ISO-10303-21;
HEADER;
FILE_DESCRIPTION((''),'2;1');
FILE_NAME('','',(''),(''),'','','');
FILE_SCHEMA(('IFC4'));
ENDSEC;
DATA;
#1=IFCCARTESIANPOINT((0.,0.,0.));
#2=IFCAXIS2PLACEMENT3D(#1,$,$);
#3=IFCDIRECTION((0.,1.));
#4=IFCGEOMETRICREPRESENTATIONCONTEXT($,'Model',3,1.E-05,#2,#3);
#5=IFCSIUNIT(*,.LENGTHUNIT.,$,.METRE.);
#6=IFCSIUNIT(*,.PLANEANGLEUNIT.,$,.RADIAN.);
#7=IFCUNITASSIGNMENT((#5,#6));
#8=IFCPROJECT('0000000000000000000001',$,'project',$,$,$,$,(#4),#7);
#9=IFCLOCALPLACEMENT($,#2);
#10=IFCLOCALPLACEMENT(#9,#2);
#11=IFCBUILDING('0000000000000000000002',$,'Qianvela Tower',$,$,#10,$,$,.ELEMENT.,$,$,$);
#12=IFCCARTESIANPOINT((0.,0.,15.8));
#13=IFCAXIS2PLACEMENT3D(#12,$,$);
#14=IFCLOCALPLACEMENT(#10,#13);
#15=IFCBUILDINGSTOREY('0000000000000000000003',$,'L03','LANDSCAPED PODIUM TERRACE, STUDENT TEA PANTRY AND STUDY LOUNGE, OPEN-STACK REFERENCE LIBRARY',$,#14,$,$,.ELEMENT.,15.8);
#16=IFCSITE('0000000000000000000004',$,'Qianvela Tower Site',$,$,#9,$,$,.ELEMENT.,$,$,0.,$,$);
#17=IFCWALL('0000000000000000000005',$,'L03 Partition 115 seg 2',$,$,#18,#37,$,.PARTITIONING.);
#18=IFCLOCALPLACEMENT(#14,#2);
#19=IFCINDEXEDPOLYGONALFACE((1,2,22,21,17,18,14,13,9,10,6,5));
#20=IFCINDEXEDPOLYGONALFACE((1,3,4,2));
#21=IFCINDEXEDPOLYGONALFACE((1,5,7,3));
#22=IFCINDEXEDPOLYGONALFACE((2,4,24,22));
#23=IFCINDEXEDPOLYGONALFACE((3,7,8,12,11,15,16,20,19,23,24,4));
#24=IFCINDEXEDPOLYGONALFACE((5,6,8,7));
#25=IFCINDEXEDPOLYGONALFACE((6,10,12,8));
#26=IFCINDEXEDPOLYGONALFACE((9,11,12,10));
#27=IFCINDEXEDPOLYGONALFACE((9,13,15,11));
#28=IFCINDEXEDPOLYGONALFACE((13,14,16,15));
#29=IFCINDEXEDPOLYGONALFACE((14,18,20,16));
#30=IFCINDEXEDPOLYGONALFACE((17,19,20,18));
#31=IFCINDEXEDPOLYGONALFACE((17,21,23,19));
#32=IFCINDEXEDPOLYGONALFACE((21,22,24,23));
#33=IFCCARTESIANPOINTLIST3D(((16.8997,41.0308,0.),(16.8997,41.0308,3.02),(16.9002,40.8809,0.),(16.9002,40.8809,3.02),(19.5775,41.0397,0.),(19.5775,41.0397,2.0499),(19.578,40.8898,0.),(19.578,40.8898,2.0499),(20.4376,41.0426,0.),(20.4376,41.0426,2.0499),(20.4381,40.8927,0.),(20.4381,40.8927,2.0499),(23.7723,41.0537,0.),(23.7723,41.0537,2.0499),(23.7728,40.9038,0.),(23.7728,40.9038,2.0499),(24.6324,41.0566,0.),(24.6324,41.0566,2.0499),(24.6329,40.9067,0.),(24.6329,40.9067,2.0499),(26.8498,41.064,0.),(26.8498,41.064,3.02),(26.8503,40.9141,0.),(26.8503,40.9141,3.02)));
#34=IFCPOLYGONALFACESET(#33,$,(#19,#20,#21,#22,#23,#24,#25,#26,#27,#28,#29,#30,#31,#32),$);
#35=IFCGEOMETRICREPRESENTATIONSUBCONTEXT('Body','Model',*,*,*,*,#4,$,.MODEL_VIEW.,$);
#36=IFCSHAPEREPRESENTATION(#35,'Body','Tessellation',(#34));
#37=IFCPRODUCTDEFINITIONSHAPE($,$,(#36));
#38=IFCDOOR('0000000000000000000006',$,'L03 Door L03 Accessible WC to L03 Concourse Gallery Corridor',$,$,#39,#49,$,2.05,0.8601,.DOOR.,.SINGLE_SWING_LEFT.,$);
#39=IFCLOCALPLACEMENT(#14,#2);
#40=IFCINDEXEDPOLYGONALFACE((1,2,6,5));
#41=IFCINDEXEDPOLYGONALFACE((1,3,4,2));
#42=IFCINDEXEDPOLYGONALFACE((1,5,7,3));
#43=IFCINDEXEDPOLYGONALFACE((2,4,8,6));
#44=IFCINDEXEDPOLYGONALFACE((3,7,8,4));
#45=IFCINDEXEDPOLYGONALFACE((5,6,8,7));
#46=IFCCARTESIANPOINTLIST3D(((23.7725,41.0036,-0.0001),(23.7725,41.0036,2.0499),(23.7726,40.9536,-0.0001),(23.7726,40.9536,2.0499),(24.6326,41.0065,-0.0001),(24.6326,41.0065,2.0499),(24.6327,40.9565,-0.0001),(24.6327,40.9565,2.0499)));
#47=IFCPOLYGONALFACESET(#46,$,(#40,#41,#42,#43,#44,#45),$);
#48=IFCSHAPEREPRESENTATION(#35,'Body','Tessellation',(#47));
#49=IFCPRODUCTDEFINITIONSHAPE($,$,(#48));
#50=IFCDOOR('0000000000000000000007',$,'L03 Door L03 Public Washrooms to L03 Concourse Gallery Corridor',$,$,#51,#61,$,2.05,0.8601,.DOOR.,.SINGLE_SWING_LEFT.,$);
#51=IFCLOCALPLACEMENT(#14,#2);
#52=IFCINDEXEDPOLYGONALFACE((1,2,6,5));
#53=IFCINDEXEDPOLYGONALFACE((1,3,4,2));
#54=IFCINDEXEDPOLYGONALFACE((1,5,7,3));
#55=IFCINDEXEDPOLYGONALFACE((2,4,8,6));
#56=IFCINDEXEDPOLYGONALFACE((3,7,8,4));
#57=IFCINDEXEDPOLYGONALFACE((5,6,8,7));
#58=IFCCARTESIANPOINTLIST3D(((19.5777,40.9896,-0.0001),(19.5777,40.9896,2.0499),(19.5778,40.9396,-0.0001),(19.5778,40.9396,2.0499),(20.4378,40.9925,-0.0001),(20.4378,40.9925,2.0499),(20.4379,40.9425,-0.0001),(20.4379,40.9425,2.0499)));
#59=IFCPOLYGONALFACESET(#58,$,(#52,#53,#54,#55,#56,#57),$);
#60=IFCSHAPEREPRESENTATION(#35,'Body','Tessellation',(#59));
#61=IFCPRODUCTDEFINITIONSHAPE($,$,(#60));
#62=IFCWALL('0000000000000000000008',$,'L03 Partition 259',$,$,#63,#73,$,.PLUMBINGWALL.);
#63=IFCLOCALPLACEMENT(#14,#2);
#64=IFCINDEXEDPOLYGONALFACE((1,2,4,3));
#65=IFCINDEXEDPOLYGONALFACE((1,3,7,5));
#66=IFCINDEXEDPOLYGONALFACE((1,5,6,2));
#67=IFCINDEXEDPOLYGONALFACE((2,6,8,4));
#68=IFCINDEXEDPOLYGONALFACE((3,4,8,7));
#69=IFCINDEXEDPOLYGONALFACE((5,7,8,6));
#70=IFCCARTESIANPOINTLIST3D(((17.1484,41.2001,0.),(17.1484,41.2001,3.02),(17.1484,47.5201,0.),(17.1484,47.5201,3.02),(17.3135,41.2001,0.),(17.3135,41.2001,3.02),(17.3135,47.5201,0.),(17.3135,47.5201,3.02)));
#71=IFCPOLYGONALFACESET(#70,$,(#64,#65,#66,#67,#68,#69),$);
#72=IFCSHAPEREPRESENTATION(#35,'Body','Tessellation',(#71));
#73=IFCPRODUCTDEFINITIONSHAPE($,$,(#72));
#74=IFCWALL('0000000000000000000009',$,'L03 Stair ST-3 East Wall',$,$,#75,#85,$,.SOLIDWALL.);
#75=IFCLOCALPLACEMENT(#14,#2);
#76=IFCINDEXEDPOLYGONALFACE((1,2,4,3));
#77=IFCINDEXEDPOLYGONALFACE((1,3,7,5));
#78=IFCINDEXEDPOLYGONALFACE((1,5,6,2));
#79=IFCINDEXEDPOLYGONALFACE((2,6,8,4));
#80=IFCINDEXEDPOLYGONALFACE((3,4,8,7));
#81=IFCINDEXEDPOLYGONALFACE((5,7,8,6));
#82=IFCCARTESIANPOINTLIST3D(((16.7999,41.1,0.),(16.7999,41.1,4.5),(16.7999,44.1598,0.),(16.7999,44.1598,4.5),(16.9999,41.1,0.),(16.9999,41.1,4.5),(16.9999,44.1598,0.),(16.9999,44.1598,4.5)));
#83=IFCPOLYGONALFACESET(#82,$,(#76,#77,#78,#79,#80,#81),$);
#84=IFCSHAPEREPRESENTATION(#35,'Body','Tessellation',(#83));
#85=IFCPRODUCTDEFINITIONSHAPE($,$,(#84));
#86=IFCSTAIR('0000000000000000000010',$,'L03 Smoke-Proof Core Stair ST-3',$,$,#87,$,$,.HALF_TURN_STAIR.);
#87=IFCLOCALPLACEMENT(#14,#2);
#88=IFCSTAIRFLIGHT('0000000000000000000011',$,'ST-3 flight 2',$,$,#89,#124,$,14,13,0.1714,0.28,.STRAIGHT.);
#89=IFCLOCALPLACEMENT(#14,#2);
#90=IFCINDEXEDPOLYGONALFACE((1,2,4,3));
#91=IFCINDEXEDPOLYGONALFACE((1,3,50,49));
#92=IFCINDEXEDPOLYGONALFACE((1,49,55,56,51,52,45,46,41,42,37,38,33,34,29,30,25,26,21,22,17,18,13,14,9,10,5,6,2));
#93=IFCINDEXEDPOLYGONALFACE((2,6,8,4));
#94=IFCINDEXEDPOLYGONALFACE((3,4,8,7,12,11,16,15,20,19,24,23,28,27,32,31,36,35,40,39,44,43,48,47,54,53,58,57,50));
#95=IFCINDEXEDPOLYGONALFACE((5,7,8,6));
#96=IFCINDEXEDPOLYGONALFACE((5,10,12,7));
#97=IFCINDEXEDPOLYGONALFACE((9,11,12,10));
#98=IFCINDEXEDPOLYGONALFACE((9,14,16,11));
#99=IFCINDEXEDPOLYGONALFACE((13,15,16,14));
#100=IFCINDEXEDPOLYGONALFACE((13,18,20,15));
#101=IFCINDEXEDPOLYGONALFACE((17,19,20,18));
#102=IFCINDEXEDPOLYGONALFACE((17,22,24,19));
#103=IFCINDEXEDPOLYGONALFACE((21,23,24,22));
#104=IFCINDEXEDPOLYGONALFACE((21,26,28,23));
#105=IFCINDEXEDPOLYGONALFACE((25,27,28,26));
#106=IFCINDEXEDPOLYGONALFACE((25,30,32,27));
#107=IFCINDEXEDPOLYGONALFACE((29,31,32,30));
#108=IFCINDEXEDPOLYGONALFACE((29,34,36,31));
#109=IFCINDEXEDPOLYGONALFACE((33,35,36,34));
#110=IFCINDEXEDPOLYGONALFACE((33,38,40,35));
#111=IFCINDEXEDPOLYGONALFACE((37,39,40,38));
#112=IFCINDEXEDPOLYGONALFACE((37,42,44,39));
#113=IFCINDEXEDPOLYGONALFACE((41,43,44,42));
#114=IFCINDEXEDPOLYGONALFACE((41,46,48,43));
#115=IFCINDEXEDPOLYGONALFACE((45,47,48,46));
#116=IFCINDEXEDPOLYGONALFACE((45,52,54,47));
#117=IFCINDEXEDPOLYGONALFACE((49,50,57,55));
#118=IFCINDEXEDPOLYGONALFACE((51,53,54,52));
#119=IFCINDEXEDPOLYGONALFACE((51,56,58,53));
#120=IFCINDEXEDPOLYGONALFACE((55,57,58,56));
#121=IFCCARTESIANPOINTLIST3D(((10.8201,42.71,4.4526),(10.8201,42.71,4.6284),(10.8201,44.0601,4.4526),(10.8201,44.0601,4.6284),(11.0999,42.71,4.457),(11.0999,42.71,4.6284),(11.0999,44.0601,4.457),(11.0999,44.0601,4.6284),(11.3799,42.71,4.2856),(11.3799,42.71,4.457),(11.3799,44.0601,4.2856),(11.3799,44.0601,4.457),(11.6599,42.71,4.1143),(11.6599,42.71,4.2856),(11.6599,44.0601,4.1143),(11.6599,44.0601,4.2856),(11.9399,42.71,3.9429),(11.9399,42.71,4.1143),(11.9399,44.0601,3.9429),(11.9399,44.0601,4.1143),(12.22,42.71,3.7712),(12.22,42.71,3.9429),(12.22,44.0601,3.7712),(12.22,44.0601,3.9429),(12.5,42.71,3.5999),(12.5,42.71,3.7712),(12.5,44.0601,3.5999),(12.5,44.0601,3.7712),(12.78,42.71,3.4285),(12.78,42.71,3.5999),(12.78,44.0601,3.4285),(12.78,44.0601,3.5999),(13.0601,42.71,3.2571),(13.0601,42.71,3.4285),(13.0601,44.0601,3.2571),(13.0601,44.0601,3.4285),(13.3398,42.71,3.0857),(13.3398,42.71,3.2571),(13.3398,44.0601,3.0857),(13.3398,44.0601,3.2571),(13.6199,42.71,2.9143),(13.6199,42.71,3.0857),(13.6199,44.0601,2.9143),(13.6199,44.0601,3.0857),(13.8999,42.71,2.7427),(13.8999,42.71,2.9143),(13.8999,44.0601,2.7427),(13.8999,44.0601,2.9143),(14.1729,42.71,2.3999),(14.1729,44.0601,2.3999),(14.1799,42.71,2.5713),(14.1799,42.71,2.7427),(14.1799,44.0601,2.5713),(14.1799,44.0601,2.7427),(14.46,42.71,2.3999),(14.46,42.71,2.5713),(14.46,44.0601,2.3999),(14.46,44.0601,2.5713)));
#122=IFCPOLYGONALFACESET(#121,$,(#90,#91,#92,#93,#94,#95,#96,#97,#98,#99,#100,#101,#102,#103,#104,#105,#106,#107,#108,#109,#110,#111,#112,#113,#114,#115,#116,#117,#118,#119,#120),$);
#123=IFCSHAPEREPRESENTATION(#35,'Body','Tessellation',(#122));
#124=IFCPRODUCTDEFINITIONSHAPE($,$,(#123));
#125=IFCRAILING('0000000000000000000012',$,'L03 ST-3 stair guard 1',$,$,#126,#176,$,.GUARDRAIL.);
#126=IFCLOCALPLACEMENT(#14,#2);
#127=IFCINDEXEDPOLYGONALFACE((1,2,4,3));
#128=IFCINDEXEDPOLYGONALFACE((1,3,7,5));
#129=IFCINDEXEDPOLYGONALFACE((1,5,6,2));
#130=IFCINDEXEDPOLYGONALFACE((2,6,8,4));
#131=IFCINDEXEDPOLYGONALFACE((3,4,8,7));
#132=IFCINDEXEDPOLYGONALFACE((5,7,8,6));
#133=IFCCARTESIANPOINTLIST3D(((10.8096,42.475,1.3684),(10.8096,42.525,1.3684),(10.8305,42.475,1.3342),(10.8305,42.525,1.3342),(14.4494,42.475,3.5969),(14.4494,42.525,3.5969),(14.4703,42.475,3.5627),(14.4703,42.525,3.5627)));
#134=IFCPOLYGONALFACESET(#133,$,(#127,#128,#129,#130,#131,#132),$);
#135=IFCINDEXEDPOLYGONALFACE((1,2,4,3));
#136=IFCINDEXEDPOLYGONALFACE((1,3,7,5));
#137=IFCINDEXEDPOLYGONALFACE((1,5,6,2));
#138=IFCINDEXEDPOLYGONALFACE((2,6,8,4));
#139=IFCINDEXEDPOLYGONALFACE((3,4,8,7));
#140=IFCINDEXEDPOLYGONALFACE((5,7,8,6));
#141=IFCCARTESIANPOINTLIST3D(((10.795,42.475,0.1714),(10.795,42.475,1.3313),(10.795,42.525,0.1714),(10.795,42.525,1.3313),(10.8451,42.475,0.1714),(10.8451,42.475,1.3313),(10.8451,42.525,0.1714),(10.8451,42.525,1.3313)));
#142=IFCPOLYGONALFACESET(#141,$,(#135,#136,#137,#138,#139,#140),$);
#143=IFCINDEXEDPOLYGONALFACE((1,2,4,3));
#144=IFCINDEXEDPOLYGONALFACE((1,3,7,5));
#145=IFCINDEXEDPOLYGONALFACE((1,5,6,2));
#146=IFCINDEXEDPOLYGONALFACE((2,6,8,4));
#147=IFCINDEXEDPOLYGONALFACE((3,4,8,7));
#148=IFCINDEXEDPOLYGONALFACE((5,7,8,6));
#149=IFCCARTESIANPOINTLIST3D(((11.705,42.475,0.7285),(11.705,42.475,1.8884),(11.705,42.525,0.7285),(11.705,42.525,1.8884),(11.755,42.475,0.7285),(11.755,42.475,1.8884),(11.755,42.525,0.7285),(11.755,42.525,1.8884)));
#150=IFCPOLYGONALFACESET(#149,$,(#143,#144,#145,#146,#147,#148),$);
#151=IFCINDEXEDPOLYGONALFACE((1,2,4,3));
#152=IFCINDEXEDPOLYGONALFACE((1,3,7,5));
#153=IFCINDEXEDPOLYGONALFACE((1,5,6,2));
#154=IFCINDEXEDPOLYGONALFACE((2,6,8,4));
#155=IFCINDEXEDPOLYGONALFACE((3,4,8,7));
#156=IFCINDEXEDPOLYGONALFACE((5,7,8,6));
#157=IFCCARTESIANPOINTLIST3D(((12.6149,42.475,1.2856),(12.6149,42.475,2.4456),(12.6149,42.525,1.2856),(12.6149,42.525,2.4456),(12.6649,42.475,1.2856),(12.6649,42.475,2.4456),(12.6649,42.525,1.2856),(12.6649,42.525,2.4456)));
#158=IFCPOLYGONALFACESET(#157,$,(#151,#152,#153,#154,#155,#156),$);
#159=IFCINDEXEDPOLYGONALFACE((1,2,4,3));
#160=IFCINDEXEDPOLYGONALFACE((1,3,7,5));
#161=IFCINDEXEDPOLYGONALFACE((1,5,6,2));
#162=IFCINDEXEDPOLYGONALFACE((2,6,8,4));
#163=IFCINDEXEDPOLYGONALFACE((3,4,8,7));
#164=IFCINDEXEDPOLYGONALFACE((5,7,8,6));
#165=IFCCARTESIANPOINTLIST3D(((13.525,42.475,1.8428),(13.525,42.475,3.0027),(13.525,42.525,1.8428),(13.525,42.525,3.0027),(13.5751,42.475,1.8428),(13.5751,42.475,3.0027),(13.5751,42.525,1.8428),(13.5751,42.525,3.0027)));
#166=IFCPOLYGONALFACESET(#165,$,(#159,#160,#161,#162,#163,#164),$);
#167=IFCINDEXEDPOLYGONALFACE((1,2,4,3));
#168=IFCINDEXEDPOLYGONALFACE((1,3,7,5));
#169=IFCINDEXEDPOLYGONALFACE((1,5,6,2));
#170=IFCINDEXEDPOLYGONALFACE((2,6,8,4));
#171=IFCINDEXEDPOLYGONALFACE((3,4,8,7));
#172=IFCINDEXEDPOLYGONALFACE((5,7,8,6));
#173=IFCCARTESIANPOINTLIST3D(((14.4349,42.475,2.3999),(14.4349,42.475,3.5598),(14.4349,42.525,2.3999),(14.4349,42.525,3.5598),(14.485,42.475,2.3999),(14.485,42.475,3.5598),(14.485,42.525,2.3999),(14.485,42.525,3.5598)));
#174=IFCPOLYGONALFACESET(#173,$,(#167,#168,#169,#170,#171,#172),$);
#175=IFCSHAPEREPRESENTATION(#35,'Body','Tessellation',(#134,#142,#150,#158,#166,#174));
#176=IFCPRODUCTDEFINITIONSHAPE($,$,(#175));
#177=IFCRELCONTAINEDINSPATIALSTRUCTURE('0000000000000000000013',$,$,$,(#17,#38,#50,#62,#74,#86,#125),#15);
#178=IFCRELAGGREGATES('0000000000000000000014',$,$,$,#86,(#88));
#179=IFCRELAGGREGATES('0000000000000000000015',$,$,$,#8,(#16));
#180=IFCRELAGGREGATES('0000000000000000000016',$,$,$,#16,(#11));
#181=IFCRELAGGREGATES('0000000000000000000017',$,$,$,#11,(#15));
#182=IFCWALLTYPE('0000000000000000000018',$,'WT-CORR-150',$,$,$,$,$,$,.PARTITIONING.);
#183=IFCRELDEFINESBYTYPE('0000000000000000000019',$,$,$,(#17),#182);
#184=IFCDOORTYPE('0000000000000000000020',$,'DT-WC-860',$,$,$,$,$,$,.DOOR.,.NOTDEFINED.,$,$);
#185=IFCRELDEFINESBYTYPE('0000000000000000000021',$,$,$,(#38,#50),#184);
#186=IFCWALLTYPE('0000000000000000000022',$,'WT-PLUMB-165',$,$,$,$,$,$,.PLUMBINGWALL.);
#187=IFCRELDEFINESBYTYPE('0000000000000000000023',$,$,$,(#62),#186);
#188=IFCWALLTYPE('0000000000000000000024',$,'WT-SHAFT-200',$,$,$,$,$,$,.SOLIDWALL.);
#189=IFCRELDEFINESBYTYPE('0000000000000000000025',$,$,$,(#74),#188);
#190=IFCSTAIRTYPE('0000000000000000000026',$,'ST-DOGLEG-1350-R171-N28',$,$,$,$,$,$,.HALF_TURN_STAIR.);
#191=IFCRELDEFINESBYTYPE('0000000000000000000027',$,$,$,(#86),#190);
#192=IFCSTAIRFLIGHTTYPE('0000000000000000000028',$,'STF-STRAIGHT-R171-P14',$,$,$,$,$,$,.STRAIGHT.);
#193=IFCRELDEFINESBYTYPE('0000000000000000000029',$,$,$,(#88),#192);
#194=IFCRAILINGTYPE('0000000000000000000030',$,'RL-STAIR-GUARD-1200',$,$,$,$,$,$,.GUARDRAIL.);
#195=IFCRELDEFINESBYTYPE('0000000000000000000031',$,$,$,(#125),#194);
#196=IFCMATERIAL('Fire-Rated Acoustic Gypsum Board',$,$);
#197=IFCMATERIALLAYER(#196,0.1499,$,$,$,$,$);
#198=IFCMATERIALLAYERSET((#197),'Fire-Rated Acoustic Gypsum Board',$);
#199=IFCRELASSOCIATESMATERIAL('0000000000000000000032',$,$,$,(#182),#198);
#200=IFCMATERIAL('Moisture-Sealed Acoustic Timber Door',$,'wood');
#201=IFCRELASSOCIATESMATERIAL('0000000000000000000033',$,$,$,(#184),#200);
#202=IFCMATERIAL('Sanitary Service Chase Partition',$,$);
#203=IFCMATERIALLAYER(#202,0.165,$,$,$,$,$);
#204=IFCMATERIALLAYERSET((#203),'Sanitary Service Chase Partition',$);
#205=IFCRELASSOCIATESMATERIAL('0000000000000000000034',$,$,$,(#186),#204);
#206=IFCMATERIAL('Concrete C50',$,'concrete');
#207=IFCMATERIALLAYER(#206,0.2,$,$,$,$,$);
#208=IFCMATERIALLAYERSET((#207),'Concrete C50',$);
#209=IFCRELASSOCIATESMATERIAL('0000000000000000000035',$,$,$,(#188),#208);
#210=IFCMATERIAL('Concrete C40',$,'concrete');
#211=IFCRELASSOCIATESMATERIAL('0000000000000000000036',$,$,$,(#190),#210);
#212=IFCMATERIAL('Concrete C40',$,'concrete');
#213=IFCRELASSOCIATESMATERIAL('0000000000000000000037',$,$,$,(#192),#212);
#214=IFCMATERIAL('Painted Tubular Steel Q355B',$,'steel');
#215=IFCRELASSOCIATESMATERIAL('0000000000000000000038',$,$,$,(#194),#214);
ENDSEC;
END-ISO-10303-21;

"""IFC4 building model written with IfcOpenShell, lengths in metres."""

from ifc_helpers import new_model, si_unit, direction, frame, frame_2d, origin, origin_2d, place, context, subcontext, project, spatial, polyline, rectangle, outline, extrude, material, layer, layer_set, type_object, element, fill, aggregate, save


model = new_model("IFC4")

# Units and contexts
model_context = context("Model", 3, precision=1e-05, world=origin(), true_north=direction((0.0, 1.0)))
body_context = subcontext(model_context, "Body", "Model", "MODEL_VIEW")
ifc_project = project(units=[si_unit("LENGTHUNIT", "METRE"), si_unit("PLANEANGLEUNIT", "RADIAN")], contexts=[model_context])

# Site, building, storey
site_placement = place(None, origin())
site = spatial("IfcSite", under=ifc_project, at=site_placement, Name="Qianvela Tower Site", CompositionType="ELEMENT", RefElevation=0.0)
building_placement = place(site_placement, origin())
building = spatial("IfcBuilding", under=site, at=building_placement, Name="Qianvela Tower", CompositionType="ELEMENT")
storey_placement = place(building_placement, frame((0.0, 0.0, 15.8)))
storey = spatial("IfcBuildingStorey", under=building, at=storey_placement, Name="L03", Description="LANDSCAPED PODIUM TERRACE, STUDENT TEA PANTRY AND STUDY LOUNGE, OPEN-STACK REFERENCE LIBRARY", CompositionType="ELEMENT", Elevation=15.8)

# Wall, openings, doors
ifc_material_1 = material(Name="Fire-Rated Acoustic Gypsum Board")
ifc_layer_1 = layer(ifc_material_1, 0.1499)
ifc_layer_set_1 = layer_set([ifc_layer_1], Name="Fire-Rated Acoustic Gypsum Board")
wall_type_1 = type_object("IfcWallType", Name="WT-CORR-150", PredefinedType="PARTITIONING", material=ifc_layer_set_1)
wall_1_placement = place(storey_placement, frame((16.8999, 40.9558, 0.0), z_axis=(0.0, 0.0, 1.0), x_axis=(0.999994, 0.003337, 0.0)))
wall_1 = element("IfcWall", 1, at=wall_1_placement, inside=storey, type_object=wall_type_1, Name="L03 Partition 115 seg 2", PredefinedType="PARTITIONING", context=body_context, shape_type="SweptSolid", body=[
    extrude(rectangle(XDim=9.9502, YDim=0.1499, at=frame_2d((4.9751, 0.0))), origin(), (0.0, 0.0, 1.0), 3.02),
])
opening_1_placement = place(wall_1_placement, frame((6.8726, 0.0, 0.0)))
opening_1 = element("IfcOpeningElement", 2, at=opening_1_placement, cuts=wall_1, PredefinedType="OPENING", context=body_context, shape_type="SweptSolid", body=[
    extrude(rectangle(XDim=0.8601, YDim=2.05, at=frame_2d((0.4302, 1.0249))), frame((0.0, 0.085, 0.0), z_axis=(0.0, -1.0, 0.0), x_axis=(1.0, 0.0, 0.0)), (0.0, 0.0, 1.0), 0.1699),
])
opening_2_placement = place(wall_1_placement, frame((2.6777, 0.0, 0.0)))
opening_2 = element("IfcOpeningElement", 3, at=opening_2_placement, cuts=wall_1, PredefinedType="OPENING", context=body_context, shape_type="SweptSolid", body=[
    extrude(rectangle(XDim=0.8601, YDim=2.05, at=frame_2d((0.4302, 1.0249))), frame((0.0, 0.085, 0.0), z_axis=(0.0, -1.0, 0.0), x_axis=(1.0, 0.0, 0.0)), (0.0, 0.0, 1.0), 0.1699),
])
ifc_material_2 = material(Name="Moisture-Sealed Acoustic Timber Door", Category="wood")
door_type = type_object("IfcDoorType", Name="DT-WC-860", OperationType="NOTDEFINED", PredefinedType="DOOR", material=ifc_material_2)
door_1_placement = place(opening_1_placement, origin())
door_1 = element("IfcDoor", 4, at=door_1_placement, inside=storey, type_object=door_type, Name="L03 Door L03 Accessible WC to L03 Concourse Gallery Corridor", OperationType="SINGLE_SWING_LEFT", OverallHeight=2.05, OverallWidth=0.8601, PredefinedType="DOOR", context=body_context, shape_type="SweptSolid", body=[
    extrude(rectangle(XDim=0.8601, YDim=2.05, at=frame_2d((0.4302, 1.0249))), frame((0.0, 0.0249, 0.0), z_axis=(0.0, -1.0, 0.0), x_axis=(1.0, 0.0, 0.0)), (0.0, 0.0, 1.0), 0.05),
])
fill(opening_1, door_1)
door_2_placement = place(opening_2_placement, origin())
door_2 = element("IfcDoor", 5, at=door_2_placement, inside=storey, type_object=door_type, Name="L03 Door L03 Public Washrooms to L03 Concourse Gallery Corridor", OperationType="SINGLE_SWING_LEFT", OverallHeight=2.05, OverallWidth=0.8601, PredefinedType="DOOR", context=body_context, shape_type="SweptSolid", body=[
    extrude(rectangle(XDim=0.8601, YDim=2.05, at=frame_2d((0.4302, 1.0249))), frame((0.0, 0.0249, 0.0), z_axis=(0.0, -1.0, 0.0), x_axis=(1.0, 0.0, 0.0)), (0.0, 0.0, 1.0), 0.05),
])
fill(opening_2, door_2)

# Walls
ifc_material_3 = material(Name="Sanitary Service Chase Partition")
ifc_layer_2 = layer(ifc_material_3, 0.165)
ifc_layer_set_2 = layer_set([ifc_layer_2], Name="Sanitary Service Chase Partition")
wall_type_2 = type_object("IfcWallType", Name="WT-PLUMB-165", PredefinedType="PLUMBINGWALL", material=ifc_layer_set_2)
wall_2_placement = place(storey_placement, frame((17.231, 41.2, 0.0), z_axis=(0.0, 0.0, 1.0), x_axis=(0.0, 1.0, 0.0)))
element("IfcWall", 6, at=wall_2_placement, inside=storey, type_object=wall_type_2, Name="L03 Partition 259", PredefinedType="PLUMBINGWALL", context=body_context, shape_type="SweptSolid", body=[
    extrude(rectangle(XDim=6.3201, YDim=0.165, at=frame_2d((3.1602, 0.0))), origin(), (0.0, 0.0, 1.0), 3.02),
])
ifc_material_4 = material(Name="Concrete C50", Category="concrete")
ifc_layer_3 = layer(ifc_material_4, 0.2)
ifc_layer_set_3 = layer_set([ifc_layer_3], Name="Concrete C50")
wall_type_3 = type_object("IfcWallType", Name="WT-SHAFT-200", PredefinedType="SOLIDWALL", material=ifc_layer_set_3)
wall_3_placement = place(storey_placement, frame((16.8999, 41.1001, 0.0), z_axis=(0.0, 0.0, 1.0), x_axis=(0.0, 1.0, 0.0)))
element("IfcWall", 7, at=wall_3_placement, inside=storey, type_object=wall_type_3, Name="L03 Stair ST-3 East Wall", PredefinedType="SOLIDWALL", context=body_context, shape_type="SweptSolid", body=[
    extrude(rectangle(XDim=3.0598, YDim=0.2, at=frame_2d((1.5298, 0.0))), origin(), (0.0, 0.0, 1.0), 4.5),
])

# Stair, stair flight
ifc_material_5 = material(Name="Concrete C40", Category="concrete")
stair_type = type_object("IfcStairType", Name="ST-DOGLEG-1350-R171-N28", PredefinedType="HALF_TURN_STAIR", material=ifc_material_5)
stair_placement = place(storey_placement, origin())
stair = element("IfcStair", 8, at=stair_placement, inside=storey, type_object=stair_type, Name="L03 Smoke-Proof Core Stair ST-3", PredefinedType="HALF_TURN_STAIR")
ifc_material_6 = material(Name="Concrete C40", Category="concrete")
stair_flight_type = type_object("IfcStairFlightType", Name="STF-STRAIGHT-R171-P14", PredefinedType="STRAIGHT", material=ifc_material_6)
stair_flight_placement = place(storey_placement, frame((14.46, 43.385, 2.3999), z_axis=(0.0, 0.0, 1.0), x_axis=(-1.0, 0.0, 0.0)))
stair_flight = element("IfcStairFlight", 9, at=stair_flight_placement, type_object=stair_flight_type, Name="ST-3 flight 2", NumberOfRisers=14, NumberOfTreads=13, PredefinedType="STRAIGHT", RiserHeight=0.1714, TreadLength=0.28, context=body_context, shape_type="SweptSolid", body=[
    extrude(outline(polyline([(0.0, 0.0), (0.0, 0.1714), (0.28, 0.1714), (0.28, 0.3428), (0.5601, 0.3428), (0.5601, 0.5144), (0.8401, 0.5144), (0.8401, 0.6858), (1.1201, 0.6858), (1.1201, 0.8572), (1.3999, 0.8572), (1.3999, 1.0286), (1.6799, 1.0286), (1.6799, 1.2), (1.96, 1.2), (1.96, 1.3713), (2.24, 1.3713), (2.24, 1.543), (2.52, 1.543), (2.52, 1.7144), (2.8, 1.7144), (2.8, 1.8857), (3.0801, 1.8857), (3.0801, 2.0571), (3.3601, 2.0571), (3.3601, 2.2285), (3.6399, 2.2285), (3.6399, 2.3999), (3.6399, 2.0527), (0.2871, 0.0), (0.0, 0.0)])), frame((0.0, 0.675, 0.0), z_axis=(0.0, -1.0, 0.0), x_axis=(1.0, 0.0, 0.0)), (0.0, 0.0, 1.0), 1.3501),
])
aggregate(stair, [stair_flight])

# Railing
ifc_material_7 = material(Name="Painted Tubular Steel Q355B", Category="steel")
railing_type_1 = type_object("IfcRailingType", Name="RL-STAIR-GUARD-1200", PredefinedType="GUARDRAIL", material=ifc_material_7)
railing_1_placement = place(storey_placement, frame((10.8201, 42.5, 0.1714)))
element("IfcRailing", 10, at=railing_1_placement, inside=storey, type_object=railing_type_1, Name="L03 ST-3 stair guard 1", PredefinedType="GUARDRAIL", context=body_context, shape_type="SweptSolid", body=[
    extrude(rectangle(XDim=0.05, YDim=0.04, at=origin_2d()), frame((0.0, 0.0, 1.1799), z_axis=(0.85285, 0.0, 0.522156), x_axis=(0.0, 1.0, 0.0)), (0.0, 0.0, 1.0), 4.2678),
    extrude(rectangle(XDim=0.05, YDim=0.05, at=origin_2d()), origin(), (0.0, 0.0, 1.0), 1.1599),
    extrude(rectangle(XDim=0.05, YDim=0.05, at=origin_2d()), frame((0.9099, 0.0, 0.5571)), (0.0, 0.0, 1.0), 1.1599),
    extrude(rectangle(XDim=0.05, YDim=0.05, at=origin_2d()), frame((1.8198, 0.0, 1.1143)), (0.0, 0.0, 1.0), 1.1599),
    extrude(rectangle(XDim=0.05, YDim=0.05, at=origin_2d()), frame((2.73, 0.0, 1.6714)), (0.0, 0.0, 1.0), 1.1599),
    extrude(rectangle(XDim=0.05, YDim=0.05, at=origin_2d()), frame((3.6399, 0.0, 2.2285)), (0.0, 0.0, 1.0), 1.1599),
])

save(model, "model.ifc")
